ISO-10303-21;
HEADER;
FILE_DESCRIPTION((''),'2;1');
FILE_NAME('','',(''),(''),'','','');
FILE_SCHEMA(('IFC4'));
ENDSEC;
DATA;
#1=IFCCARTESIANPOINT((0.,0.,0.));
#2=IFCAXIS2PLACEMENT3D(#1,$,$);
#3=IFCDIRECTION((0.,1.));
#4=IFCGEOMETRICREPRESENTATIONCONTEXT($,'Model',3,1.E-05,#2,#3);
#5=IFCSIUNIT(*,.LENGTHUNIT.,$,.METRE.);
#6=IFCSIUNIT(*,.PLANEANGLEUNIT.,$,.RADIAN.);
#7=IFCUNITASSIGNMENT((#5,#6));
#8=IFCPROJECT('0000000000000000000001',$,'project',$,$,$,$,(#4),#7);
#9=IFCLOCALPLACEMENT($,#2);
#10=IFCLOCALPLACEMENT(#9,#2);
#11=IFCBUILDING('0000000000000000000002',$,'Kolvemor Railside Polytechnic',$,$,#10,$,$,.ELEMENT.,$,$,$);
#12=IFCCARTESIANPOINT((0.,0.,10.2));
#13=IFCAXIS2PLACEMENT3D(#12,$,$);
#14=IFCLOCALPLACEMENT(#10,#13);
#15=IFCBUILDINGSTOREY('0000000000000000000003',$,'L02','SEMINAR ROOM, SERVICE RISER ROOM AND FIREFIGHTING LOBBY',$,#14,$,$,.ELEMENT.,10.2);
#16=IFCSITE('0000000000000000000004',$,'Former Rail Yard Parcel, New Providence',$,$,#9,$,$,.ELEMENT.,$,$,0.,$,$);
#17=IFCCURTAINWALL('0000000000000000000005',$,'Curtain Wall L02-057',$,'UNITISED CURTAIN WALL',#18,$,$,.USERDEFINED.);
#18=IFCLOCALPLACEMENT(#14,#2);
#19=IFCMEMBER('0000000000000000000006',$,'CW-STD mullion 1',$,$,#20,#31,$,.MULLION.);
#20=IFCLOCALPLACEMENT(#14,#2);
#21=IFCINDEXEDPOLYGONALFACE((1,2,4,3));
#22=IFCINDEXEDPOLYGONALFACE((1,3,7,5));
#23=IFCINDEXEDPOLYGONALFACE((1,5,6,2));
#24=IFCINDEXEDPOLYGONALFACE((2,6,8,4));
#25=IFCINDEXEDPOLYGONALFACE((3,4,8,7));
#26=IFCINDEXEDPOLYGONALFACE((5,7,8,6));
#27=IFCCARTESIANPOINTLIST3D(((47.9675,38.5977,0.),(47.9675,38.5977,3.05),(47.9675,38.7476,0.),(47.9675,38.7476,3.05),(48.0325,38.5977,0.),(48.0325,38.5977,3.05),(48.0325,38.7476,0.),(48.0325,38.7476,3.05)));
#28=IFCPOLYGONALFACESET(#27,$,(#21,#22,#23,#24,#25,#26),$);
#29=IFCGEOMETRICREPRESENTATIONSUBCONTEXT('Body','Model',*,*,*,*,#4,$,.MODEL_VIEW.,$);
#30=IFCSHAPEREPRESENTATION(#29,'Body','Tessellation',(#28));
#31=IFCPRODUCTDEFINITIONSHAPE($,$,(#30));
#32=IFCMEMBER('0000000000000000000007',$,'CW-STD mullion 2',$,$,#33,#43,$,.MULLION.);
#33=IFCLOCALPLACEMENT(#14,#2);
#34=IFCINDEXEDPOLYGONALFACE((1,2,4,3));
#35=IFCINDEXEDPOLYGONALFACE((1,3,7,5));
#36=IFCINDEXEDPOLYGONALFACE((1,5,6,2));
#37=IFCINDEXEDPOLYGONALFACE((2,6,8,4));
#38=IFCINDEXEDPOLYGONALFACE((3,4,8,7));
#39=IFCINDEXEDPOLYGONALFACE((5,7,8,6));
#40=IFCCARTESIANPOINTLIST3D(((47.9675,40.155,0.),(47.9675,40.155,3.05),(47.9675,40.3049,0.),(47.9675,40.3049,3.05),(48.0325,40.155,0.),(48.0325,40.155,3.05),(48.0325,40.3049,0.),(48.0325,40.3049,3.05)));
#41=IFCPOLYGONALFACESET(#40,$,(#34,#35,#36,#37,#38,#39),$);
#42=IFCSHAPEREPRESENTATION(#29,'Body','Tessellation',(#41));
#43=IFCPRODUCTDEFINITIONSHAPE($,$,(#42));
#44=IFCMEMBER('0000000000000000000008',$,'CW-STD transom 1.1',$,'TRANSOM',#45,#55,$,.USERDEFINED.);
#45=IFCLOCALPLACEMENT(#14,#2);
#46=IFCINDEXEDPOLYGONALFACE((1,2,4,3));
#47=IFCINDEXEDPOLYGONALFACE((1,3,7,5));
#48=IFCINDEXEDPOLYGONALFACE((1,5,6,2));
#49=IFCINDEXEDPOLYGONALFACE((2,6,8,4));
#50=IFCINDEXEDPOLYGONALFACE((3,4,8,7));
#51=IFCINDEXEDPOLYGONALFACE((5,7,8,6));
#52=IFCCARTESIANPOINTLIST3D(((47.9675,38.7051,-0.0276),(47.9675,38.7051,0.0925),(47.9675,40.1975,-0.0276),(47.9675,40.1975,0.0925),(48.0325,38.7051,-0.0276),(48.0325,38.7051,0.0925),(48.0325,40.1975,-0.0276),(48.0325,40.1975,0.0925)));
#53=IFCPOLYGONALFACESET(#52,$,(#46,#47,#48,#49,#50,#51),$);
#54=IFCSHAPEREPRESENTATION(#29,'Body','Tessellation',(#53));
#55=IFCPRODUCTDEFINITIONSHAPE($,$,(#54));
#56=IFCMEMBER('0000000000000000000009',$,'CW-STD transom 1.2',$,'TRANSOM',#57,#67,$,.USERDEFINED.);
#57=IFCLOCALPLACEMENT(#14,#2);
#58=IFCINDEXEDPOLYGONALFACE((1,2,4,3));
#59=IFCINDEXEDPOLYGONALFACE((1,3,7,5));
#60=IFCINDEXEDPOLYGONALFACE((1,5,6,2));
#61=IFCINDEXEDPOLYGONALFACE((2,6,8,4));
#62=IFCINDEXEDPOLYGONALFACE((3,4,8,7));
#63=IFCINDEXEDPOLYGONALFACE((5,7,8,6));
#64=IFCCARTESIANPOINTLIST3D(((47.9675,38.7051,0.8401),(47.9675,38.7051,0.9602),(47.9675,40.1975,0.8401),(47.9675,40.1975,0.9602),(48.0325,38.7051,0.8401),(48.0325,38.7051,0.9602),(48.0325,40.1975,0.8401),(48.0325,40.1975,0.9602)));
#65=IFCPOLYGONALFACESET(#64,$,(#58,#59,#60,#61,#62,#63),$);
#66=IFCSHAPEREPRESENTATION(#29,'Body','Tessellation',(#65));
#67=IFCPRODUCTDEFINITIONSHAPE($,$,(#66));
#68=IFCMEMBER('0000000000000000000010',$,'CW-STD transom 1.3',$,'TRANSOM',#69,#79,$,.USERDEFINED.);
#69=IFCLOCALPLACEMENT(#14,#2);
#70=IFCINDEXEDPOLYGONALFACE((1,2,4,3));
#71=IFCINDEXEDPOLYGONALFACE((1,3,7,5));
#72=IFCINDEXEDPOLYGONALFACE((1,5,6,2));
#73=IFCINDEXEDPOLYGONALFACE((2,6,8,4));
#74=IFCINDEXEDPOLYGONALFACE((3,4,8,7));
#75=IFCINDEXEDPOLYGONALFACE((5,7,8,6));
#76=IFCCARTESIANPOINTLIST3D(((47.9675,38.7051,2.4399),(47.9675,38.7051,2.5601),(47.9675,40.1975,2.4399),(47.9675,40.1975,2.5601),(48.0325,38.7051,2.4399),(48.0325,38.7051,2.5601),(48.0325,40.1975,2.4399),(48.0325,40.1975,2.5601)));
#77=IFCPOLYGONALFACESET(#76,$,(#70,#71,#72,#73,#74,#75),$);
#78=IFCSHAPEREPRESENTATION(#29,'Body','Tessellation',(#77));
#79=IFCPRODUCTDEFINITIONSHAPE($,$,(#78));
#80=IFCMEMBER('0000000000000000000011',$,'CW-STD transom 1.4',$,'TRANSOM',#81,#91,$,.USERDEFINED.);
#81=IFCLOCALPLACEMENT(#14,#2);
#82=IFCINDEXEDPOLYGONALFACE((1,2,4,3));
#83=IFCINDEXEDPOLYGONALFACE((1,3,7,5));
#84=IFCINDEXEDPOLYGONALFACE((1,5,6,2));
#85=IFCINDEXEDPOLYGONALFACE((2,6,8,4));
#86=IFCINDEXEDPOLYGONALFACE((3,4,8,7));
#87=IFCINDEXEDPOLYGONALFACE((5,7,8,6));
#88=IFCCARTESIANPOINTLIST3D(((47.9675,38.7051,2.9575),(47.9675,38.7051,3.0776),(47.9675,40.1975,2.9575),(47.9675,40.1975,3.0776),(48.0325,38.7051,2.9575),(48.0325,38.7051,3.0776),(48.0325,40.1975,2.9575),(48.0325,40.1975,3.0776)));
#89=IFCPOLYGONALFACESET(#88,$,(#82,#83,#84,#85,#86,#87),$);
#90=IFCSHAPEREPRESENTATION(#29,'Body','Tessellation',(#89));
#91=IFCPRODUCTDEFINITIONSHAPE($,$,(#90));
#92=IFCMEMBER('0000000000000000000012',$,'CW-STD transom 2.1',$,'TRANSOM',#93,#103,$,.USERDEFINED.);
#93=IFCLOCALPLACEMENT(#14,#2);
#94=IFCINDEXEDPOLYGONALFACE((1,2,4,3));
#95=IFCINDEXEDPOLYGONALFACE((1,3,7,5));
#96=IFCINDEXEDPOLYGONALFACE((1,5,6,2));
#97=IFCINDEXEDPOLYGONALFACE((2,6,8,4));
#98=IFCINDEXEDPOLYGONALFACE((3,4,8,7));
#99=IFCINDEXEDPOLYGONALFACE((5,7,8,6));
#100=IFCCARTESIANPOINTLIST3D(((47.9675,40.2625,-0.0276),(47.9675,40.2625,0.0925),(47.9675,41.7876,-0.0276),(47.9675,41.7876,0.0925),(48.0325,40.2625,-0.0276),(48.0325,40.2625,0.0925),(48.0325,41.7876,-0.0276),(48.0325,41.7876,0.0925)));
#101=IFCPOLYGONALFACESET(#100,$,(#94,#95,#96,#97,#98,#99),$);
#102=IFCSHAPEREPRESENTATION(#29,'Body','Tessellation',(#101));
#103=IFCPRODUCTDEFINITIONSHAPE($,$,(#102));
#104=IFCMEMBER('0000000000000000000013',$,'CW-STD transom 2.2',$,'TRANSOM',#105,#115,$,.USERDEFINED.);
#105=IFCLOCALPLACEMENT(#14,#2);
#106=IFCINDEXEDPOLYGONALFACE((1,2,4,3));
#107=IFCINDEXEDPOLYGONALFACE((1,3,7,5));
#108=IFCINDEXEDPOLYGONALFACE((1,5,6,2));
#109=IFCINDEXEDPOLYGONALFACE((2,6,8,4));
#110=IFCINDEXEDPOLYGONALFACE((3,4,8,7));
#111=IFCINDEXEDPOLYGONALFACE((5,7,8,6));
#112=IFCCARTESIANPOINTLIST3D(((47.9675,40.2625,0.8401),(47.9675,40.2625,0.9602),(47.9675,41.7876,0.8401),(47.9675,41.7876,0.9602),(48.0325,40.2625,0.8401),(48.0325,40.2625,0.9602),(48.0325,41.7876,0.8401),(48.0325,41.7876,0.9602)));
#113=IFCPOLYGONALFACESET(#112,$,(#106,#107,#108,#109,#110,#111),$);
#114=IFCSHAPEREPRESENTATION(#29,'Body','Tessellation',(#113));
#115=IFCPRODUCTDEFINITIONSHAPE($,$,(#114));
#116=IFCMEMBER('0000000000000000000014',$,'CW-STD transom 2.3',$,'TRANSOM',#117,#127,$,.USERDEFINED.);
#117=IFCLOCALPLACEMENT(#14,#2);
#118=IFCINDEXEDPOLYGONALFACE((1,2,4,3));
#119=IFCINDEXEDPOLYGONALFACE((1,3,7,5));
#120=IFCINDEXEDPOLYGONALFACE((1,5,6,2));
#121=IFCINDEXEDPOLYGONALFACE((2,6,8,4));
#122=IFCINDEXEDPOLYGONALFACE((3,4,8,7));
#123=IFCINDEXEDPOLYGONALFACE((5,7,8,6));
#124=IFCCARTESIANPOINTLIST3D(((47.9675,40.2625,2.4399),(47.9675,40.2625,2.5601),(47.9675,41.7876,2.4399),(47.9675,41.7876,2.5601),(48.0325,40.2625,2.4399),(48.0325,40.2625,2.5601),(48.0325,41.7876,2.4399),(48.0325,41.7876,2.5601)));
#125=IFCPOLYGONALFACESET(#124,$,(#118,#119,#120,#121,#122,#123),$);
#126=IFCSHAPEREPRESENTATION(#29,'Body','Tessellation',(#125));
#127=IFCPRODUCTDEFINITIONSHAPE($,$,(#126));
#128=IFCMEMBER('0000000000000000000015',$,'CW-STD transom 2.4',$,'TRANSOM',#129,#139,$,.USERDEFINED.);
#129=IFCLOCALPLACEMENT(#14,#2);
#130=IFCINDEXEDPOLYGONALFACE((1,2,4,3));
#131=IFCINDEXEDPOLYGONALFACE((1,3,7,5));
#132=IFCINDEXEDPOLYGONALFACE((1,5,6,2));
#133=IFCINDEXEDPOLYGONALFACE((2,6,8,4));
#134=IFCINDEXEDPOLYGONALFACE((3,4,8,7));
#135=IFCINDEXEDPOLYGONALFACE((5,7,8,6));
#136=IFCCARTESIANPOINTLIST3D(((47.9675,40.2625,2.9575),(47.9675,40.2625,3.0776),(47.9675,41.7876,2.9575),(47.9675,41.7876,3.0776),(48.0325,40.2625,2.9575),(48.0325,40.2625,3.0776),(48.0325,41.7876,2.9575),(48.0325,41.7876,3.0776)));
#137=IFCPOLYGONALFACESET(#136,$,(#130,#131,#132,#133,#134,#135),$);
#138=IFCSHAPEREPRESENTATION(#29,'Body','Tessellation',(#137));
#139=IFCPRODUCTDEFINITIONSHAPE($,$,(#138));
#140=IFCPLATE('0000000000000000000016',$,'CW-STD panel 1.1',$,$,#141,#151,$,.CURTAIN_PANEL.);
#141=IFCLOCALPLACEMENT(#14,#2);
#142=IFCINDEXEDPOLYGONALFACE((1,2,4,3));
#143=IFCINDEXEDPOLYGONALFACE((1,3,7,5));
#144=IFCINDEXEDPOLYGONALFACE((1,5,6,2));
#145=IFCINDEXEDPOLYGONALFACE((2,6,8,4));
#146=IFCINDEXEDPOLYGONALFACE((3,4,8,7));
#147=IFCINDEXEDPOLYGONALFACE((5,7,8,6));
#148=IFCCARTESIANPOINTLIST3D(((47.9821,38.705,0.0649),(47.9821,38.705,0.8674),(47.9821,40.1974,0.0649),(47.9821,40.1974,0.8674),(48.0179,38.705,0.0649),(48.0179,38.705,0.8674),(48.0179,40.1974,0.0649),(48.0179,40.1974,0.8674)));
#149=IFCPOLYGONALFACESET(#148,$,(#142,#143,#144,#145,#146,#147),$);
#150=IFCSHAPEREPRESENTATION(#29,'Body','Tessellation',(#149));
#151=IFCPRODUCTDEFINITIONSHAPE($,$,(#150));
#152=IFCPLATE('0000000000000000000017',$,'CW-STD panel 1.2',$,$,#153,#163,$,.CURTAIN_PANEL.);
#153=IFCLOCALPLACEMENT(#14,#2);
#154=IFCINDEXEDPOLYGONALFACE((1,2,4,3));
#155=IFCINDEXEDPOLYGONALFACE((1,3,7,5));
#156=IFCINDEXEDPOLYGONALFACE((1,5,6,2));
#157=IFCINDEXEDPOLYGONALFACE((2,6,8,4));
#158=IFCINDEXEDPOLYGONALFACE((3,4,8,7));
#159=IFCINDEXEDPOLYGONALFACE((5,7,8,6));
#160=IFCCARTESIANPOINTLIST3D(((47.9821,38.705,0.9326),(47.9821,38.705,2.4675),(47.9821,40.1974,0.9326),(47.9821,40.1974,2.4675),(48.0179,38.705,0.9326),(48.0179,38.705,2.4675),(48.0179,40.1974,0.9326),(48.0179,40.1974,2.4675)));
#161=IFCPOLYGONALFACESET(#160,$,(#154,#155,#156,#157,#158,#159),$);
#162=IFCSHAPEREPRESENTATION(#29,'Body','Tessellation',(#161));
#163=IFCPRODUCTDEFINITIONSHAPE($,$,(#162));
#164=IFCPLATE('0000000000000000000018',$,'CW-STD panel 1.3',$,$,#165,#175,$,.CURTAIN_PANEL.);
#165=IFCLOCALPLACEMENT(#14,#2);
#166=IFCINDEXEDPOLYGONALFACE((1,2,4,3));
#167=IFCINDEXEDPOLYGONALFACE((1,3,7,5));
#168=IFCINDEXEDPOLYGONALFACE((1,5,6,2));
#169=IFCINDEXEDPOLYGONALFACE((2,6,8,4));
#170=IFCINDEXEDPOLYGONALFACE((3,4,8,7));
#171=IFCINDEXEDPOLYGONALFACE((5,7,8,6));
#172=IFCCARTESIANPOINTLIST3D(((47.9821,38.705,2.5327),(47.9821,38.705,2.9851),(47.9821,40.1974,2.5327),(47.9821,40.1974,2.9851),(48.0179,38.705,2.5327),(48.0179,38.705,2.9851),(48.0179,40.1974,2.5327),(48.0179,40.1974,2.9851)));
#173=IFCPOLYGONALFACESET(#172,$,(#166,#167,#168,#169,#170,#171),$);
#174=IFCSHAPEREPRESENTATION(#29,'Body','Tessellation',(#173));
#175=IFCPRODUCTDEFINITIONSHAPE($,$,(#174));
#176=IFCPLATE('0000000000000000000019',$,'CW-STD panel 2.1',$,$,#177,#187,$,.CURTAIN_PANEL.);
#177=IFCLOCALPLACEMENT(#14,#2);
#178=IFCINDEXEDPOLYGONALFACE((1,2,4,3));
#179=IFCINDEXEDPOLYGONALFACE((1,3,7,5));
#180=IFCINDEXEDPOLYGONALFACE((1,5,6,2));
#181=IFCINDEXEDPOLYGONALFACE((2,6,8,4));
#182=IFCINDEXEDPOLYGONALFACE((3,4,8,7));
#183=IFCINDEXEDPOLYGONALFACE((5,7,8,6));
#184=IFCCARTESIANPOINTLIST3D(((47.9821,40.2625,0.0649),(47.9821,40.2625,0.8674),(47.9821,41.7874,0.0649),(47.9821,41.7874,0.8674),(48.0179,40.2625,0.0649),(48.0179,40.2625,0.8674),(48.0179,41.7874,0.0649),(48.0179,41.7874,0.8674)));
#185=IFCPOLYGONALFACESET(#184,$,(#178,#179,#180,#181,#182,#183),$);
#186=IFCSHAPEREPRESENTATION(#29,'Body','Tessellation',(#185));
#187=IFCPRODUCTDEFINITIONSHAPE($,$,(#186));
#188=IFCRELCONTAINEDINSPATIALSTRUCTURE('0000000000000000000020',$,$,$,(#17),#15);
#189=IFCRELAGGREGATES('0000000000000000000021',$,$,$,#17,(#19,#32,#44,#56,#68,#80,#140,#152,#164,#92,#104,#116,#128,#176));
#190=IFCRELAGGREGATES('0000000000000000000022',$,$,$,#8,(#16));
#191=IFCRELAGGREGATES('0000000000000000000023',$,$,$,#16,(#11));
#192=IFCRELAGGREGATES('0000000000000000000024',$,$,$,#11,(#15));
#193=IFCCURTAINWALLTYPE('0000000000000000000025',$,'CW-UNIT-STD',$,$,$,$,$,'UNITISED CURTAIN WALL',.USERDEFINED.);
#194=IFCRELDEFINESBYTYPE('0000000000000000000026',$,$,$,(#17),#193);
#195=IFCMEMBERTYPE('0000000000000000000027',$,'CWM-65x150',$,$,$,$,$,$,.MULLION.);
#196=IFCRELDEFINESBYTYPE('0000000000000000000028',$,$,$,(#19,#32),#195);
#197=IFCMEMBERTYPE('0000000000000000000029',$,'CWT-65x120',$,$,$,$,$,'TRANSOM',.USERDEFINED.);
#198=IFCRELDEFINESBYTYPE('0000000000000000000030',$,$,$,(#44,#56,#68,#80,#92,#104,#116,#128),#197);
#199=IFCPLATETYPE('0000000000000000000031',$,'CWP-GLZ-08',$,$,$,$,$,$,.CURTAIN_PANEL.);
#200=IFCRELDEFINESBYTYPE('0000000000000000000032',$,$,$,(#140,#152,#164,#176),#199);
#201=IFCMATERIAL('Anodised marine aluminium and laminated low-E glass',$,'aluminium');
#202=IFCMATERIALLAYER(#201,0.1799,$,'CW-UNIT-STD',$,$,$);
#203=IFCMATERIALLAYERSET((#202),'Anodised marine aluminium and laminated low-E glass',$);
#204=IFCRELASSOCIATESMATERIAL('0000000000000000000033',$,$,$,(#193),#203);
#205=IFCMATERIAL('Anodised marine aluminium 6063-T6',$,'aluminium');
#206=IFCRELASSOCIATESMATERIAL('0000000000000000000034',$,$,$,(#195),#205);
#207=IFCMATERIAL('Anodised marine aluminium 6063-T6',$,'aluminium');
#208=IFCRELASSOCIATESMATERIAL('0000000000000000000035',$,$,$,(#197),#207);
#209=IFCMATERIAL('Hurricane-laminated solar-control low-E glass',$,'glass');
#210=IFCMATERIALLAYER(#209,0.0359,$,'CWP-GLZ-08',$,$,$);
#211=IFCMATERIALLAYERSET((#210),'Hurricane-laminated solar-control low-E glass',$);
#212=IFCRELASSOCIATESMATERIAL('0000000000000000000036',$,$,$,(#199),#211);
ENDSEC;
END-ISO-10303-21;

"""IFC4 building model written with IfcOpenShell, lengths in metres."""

from ifc_helpers import new_model, si_unit, direction, frame, origin, origin_2d, place, context, subcontext, project, spatial, rectangle, extrude, material, layer, layer_set, material_profile, profile_set, type_object, element, aggregate, save


model = new_model("IFC4")

# Units and contexts
model_context = context("Model", 3, precision=1e-05, world=origin(), true_north=direction((0.0, 1.0)))
body_context = subcontext(model_context, "Body", "Model", "MODEL_VIEW")
ifc_project = project(units=[si_unit("LENGTHUNIT", "METRE"), si_unit("PLANEANGLEUNIT", "RADIAN")], contexts=[model_context])

# Site, building, storey
site_placement = place(None, origin())
site = spatial("IfcSite", under=ifc_project, at=site_placement, Name="Former Rail Yard Parcel, New Providence", CompositionType="ELEMENT", RefElevation=0.0)
building_placement = place(site_placement, origin())
building = spatial("IfcBuilding", under=site, at=building_placement, Name="Kolvemor Railside Polytechnic", CompositionType="ELEMENT")
storey_placement = place(building_placement, frame((0.0, 0.0, 10.2)))
storey = spatial("IfcBuildingStorey", under=building, at=storey_placement, Name="L02", Description="SEMINAR ROOM, SERVICE RISER ROOM AND FIREFIGHTING LOBBY", CompositionType="ELEMENT", Elevation=10.2)

# Curtain wall, members, plates
ifc_material_1 = material(Name="Anodised marine aluminium and laminated low-E glass", Category="aluminium")
ifc_layer_1 = layer(ifc_material_1, 0.1799, Name="CW-UNIT-STD")
ifc_layer_set_1 = layer_set([ifc_layer_1], Name="Anodised marine aluminium and laminated low-E glass")
curtain_wall_type = type_object("IfcCurtainWallType", Name="CW-UNIT-STD", ElementType="UNITISED CURTAIN WALL", PredefinedType="USERDEFINED", material=ifc_layer_set_1)
curtain_wall_placement = place(storey_placement, origin())
curtain_wall = element("IfcCurtainWall", 1, at=curtain_wall_placement, inside=storey, type_object=curtain_wall_type, Name="Curtain Wall L02-057", ObjectType="UNITISED CURTAIN WALL", PredefinedType="USERDEFINED")
ifc_material_2 = material(Name="Anodised marine aluminium 6063-T6", Category="aluminium")
ifc_material_profile_1 = material_profile(ifc_material_2, rectangle(XDim=0.0649, YDim=0.1499, at=origin_2d()), Name="CW-MUL-65x150")
ifc_profile_set_1 = profile_set([ifc_material_profile_1], Name="Anodised marine aluminium 6063-T6")
member_type_1 = type_object("IfcMemberType", Name="CWM-65x150", PredefinedType="MULLION", material=ifc_profile_set_1)
member_1_placement = place(storey_placement, frame((48.0, 38.6726, 0.0), z_axis=(0.0, 0.0, 1.0), x_axis=(-1.0, 0.0, 0.0)))
member_1 = element("IfcMember", 2, at=member_1_placement, type_object=member_type_1, Name="CW-STD mullion 1", PredefinedType="MULLION", context=body_context, shape_type="SweptSolid", body=[
    extrude(rectangle(XDim=0.0649, YDim=0.1499, at=origin_2d()), origin(), (0.0, 0.0, 1.0), 3.05),
])
member_2_placement = place(storey_placement, frame((48.0, 40.23, 0.0), z_axis=(0.0, 0.0, 1.0), x_axis=(-1.0, 0.0, 0.0)))
member_2 = element("IfcMember", 3, at=member_2_placement, type_object=member_type_1, Name="CW-STD mullion 2", PredefinedType="MULLION", context=body_context, shape_type="SweptSolid", body=[
    extrude(rectangle(XDim=0.0649, YDim=0.1499, at=origin_2d()), origin(), (0.0, 0.0, 1.0), 3.05),
])
ifc_material_3 = material(Name="Anodised marine aluminium 6063-T6", Category="aluminium")
ifc_material_profile_2 = material_profile(ifc_material_3, rectangle(XDim=0.0649, YDim=0.1201, at=origin_2d()), Name="CW-TRN-65x120")
ifc_profile_set_2 = profile_set([ifc_material_profile_2], Name="Anodised marine aluminium 6063-T6")
member_type_2 = type_object("IfcMemberType", Name="CWT-65x120", ElementType="TRANSOM", PredefinedType="USERDEFINED", material=ifc_profile_set_2)
member_3_placement = place(storey_placement, frame((48.0, 38.7051, 0.0325), z_axis=(0.0, 1.0, 0.0), x_axis=(-1.0, 0.0, 0.0)))
member_3 = element("IfcMember", 4, at=member_3_placement, type_object=member_type_2, Name="CW-STD transom 1.1", ObjectType="TRANSOM", PredefinedType="USERDEFINED", context=body_context, shape_type="SweptSolid", body=[
    extrude(rectangle(XDim=0.0649, YDim=0.1201, at=origin_2d()), origin(), (0.0, 0.0, 1.0), 1.4924),
])
member_4_placement = place(storey_placement, frame((48.0, 38.7051, 0.9001), z_axis=(0.0, 1.0, 0.0), x_axis=(-1.0, 0.0, 0.0)))
member_4 = element("IfcMember", 5, at=member_4_placement, type_object=member_type_2, Name="CW-STD transom 1.2", ObjectType="TRANSOM", PredefinedType="USERDEFINED", context=body_context, shape_type="SweptSolid", body=[
    extrude(rectangle(XDim=0.0649, YDim=0.1201, at=origin_2d()), origin(), (0.0, 0.0, 1.0), 1.4924),
])
member_5_placement = place(storey_placement, frame((48.0, 38.7051, 2.5), z_axis=(0.0, 1.0, 0.0), x_axis=(-1.0, 0.0, 0.0)))
member_5 = element("IfcMember", 6, at=member_5_placement, type_object=member_type_2, Name="CW-STD transom 1.3", ObjectType="TRANSOM", PredefinedType="USERDEFINED", context=body_context, shape_type="SweptSolid", body=[
    extrude(rectangle(XDim=0.0649, YDim=0.1201, at=origin_2d()), origin(), (0.0, 0.0, 1.0), 1.4924),
])
member_6_placement = place(storey_placement, frame((48.0, 38.7051, 3.0176), z_axis=(0.0, 1.0, 0.0), x_axis=(-1.0, 0.0, 0.0)))
member_6 = element("IfcMember", 7, at=member_6_placement, type_object=member_type_2, Name="CW-STD transom 1.4", ObjectType="TRANSOM", PredefinedType="USERDEFINED", context=body_context, shape_type="SweptSolid", body=[
    extrude(rectangle(XDim=0.0649, YDim=0.1201, at=origin_2d()), origin(), (0.0, 0.0, 1.0), 1.4924),
])
member_7_placement = place(storey_placement, frame((48.0, 40.2625, 0.0325), z_axis=(0.0, 1.0, 0.0), x_axis=(-1.0, 0.0, 0.0)))
member_7 = element("IfcMember", 8, at=member_7_placement, type_object=member_type_2, Name="CW-STD transom 2.1", ObjectType="TRANSOM", PredefinedType="USERDEFINED", context=body_context, shape_type="SweptSolid", body=[
    extrude(rectangle(XDim=0.0649, YDim=0.1201, at=origin_2d()), origin(), (0.0, 0.0, 1.0), 1.5251),
])
member_8_placement = place(storey_placement, frame((48.0, 40.2625, 0.9001), z_axis=(0.0, 1.0, 0.0), x_axis=(-1.0, 0.0, 0.0)))
member_8 = element("IfcMember", 9, at=member_8_placement, type_object=member_type_2, Name="CW-STD transom 2.2", ObjectType="TRANSOM", PredefinedType="USERDEFINED", context=body_context, shape_type="SweptSolid", body=[
    extrude(rectangle(XDim=0.0649, YDim=0.1201, at=origin_2d()), origin(), (0.0, 0.0, 1.0), 1.5251),
])
member_9_placement = place(storey_placement, frame((48.0, 40.2625, 2.5), z_axis=(0.0, 1.0, 0.0), x_axis=(-1.0, 0.0, 0.0)))
member_9 = element("IfcMember", 10, at=member_9_placement, type_object=member_type_2, Name="CW-STD transom 2.3", ObjectType="TRANSOM", PredefinedType="USERDEFINED", context=body_context, shape_type="SweptSolid", body=[
    extrude(rectangle(XDim=0.0649, YDim=0.1201, at=origin_2d()), origin(), (0.0, 0.0, 1.0), 1.5251),
])
member_10_placement = place(storey_placement, frame((48.0, 40.2625, 3.0176), z_axis=(0.0, 1.0, 0.0), x_axis=(-1.0, 0.0, 0.0)))
member_10 = element("IfcMember", 11, at=member_10_placement, type_object=member_type_2, Name="CW-STD transom 2.4", ObjectType="TRANSOM", PredefinedType="USERDEFINED", context=body_context, shape_type="SweptSolid", body=[
    extrude(rectangle(XDim=0.0649, YDim=0.1201, at=origin_2d()), origin(), (0.0, 0.0, 1.0), 1.5251),
])
ifc_material_4 = material(Name="Hurricane-laminated solar-control low-E glass", Category="glass")
ifc_layer_2 = layer(ifc_material_4, 0.0359, Name="CWP-GLZ-08")
ifc_layer_set_2 = layer_set([ifc_layer_2], Name="Hurricane-laminated solar-control low-E glass")
plate_type = type_object("IfcPlateType", Name="CWP-GLZ-08", PredefinedType="CURTAIN_PANEL", material=ifc_layer_set_2)
plate_1_placement = place(storey_placement, frame((48.0, 39.4512, 0.0649), z_axis=(0.0, 0.0, 1.0), x_axis=(0.0, 1.0, 0.0)))
plate_1 = element("IfcPlate", 12, at=plate_1_placement, type_object=plate_type, Name="CW-STD panel 1.1", PredefinedType="CURTAIN_PANEL", context=body_context, shape_type="SweptSolid", body=[
    extrude(rectangle(XDim=1.4924, YDim=0.0359, at=origin_2d()), origin(), (0.0, 0.0, 1.0), 0.8025),
])
plate_2_placement = place(storey_placement, frame((48.0, 39.4512, 0.9326), z_axis=(0.0, 0.0, 1.0), x_axis=(0.0, 1.0, 0.0)))
plate_2 = element("IfcPlate", 13, at=plate_2_placement, type_object=plate_type, Name="CW-STD panel 1.2", PredefinedType="CURTAIN_PANEL", context=body_context, shape_type="SweptSolid", body=[
    extrude(rectangle(XDim=1.4924, YDim=0.0359, at=origin_2d()), origin(), (0.0, 0.0, 1.0), 1.5349),
])
plate_3_placement = place(storey_placement, frame((48.0, 39.4512, 2.5327), z_axis=(0.0, 0.0, 1.0), x_axis=(0.0, 1.0, 0.0)))
plate_3 = element("IfcPlate", 14, at=plate_3_placement, type_object=plate_type, Name="CW-STD panel 1.3", PredefinedType="CURTAIN_PANEL", context=body_context, shape_type="SweptSolid", body=[
    extrude(rectangle(XDim=1.4924, YDim=0.0359, at=origin_2d()), origin(), (0.0, 0.0, 1.0), 0.4524),
])
plate_4_placement = place(storey_placement, frame((48.0, 41.0249, 0.0649), z_axis=(0.0, 0.0, 1.0), x_axis=(0.0, 1.0, 0.0)))
plate_4 = element("IfcPlate", 15, at=plate_4_placement, type_object=plate_type, Name="CW-STD panel 2.1", PredefinedType="CURTAIN_PANEL", context=body_context, shape_type="SweptSolid", body=[
    extrude(rectangle(XDim=1.5249, YDim=0.0359, at=origin_2d()), origin(), (0.0, 0.0, 1.0), 0.8025),
])
aggregate(curtain_wall, [member_1, member_2, member_3, member_4, member_5, member_6, plate_1, plate_2, plate_3, member_7, member_8, member_9, member_10, plate_4])

save(model, "model.ifc")
